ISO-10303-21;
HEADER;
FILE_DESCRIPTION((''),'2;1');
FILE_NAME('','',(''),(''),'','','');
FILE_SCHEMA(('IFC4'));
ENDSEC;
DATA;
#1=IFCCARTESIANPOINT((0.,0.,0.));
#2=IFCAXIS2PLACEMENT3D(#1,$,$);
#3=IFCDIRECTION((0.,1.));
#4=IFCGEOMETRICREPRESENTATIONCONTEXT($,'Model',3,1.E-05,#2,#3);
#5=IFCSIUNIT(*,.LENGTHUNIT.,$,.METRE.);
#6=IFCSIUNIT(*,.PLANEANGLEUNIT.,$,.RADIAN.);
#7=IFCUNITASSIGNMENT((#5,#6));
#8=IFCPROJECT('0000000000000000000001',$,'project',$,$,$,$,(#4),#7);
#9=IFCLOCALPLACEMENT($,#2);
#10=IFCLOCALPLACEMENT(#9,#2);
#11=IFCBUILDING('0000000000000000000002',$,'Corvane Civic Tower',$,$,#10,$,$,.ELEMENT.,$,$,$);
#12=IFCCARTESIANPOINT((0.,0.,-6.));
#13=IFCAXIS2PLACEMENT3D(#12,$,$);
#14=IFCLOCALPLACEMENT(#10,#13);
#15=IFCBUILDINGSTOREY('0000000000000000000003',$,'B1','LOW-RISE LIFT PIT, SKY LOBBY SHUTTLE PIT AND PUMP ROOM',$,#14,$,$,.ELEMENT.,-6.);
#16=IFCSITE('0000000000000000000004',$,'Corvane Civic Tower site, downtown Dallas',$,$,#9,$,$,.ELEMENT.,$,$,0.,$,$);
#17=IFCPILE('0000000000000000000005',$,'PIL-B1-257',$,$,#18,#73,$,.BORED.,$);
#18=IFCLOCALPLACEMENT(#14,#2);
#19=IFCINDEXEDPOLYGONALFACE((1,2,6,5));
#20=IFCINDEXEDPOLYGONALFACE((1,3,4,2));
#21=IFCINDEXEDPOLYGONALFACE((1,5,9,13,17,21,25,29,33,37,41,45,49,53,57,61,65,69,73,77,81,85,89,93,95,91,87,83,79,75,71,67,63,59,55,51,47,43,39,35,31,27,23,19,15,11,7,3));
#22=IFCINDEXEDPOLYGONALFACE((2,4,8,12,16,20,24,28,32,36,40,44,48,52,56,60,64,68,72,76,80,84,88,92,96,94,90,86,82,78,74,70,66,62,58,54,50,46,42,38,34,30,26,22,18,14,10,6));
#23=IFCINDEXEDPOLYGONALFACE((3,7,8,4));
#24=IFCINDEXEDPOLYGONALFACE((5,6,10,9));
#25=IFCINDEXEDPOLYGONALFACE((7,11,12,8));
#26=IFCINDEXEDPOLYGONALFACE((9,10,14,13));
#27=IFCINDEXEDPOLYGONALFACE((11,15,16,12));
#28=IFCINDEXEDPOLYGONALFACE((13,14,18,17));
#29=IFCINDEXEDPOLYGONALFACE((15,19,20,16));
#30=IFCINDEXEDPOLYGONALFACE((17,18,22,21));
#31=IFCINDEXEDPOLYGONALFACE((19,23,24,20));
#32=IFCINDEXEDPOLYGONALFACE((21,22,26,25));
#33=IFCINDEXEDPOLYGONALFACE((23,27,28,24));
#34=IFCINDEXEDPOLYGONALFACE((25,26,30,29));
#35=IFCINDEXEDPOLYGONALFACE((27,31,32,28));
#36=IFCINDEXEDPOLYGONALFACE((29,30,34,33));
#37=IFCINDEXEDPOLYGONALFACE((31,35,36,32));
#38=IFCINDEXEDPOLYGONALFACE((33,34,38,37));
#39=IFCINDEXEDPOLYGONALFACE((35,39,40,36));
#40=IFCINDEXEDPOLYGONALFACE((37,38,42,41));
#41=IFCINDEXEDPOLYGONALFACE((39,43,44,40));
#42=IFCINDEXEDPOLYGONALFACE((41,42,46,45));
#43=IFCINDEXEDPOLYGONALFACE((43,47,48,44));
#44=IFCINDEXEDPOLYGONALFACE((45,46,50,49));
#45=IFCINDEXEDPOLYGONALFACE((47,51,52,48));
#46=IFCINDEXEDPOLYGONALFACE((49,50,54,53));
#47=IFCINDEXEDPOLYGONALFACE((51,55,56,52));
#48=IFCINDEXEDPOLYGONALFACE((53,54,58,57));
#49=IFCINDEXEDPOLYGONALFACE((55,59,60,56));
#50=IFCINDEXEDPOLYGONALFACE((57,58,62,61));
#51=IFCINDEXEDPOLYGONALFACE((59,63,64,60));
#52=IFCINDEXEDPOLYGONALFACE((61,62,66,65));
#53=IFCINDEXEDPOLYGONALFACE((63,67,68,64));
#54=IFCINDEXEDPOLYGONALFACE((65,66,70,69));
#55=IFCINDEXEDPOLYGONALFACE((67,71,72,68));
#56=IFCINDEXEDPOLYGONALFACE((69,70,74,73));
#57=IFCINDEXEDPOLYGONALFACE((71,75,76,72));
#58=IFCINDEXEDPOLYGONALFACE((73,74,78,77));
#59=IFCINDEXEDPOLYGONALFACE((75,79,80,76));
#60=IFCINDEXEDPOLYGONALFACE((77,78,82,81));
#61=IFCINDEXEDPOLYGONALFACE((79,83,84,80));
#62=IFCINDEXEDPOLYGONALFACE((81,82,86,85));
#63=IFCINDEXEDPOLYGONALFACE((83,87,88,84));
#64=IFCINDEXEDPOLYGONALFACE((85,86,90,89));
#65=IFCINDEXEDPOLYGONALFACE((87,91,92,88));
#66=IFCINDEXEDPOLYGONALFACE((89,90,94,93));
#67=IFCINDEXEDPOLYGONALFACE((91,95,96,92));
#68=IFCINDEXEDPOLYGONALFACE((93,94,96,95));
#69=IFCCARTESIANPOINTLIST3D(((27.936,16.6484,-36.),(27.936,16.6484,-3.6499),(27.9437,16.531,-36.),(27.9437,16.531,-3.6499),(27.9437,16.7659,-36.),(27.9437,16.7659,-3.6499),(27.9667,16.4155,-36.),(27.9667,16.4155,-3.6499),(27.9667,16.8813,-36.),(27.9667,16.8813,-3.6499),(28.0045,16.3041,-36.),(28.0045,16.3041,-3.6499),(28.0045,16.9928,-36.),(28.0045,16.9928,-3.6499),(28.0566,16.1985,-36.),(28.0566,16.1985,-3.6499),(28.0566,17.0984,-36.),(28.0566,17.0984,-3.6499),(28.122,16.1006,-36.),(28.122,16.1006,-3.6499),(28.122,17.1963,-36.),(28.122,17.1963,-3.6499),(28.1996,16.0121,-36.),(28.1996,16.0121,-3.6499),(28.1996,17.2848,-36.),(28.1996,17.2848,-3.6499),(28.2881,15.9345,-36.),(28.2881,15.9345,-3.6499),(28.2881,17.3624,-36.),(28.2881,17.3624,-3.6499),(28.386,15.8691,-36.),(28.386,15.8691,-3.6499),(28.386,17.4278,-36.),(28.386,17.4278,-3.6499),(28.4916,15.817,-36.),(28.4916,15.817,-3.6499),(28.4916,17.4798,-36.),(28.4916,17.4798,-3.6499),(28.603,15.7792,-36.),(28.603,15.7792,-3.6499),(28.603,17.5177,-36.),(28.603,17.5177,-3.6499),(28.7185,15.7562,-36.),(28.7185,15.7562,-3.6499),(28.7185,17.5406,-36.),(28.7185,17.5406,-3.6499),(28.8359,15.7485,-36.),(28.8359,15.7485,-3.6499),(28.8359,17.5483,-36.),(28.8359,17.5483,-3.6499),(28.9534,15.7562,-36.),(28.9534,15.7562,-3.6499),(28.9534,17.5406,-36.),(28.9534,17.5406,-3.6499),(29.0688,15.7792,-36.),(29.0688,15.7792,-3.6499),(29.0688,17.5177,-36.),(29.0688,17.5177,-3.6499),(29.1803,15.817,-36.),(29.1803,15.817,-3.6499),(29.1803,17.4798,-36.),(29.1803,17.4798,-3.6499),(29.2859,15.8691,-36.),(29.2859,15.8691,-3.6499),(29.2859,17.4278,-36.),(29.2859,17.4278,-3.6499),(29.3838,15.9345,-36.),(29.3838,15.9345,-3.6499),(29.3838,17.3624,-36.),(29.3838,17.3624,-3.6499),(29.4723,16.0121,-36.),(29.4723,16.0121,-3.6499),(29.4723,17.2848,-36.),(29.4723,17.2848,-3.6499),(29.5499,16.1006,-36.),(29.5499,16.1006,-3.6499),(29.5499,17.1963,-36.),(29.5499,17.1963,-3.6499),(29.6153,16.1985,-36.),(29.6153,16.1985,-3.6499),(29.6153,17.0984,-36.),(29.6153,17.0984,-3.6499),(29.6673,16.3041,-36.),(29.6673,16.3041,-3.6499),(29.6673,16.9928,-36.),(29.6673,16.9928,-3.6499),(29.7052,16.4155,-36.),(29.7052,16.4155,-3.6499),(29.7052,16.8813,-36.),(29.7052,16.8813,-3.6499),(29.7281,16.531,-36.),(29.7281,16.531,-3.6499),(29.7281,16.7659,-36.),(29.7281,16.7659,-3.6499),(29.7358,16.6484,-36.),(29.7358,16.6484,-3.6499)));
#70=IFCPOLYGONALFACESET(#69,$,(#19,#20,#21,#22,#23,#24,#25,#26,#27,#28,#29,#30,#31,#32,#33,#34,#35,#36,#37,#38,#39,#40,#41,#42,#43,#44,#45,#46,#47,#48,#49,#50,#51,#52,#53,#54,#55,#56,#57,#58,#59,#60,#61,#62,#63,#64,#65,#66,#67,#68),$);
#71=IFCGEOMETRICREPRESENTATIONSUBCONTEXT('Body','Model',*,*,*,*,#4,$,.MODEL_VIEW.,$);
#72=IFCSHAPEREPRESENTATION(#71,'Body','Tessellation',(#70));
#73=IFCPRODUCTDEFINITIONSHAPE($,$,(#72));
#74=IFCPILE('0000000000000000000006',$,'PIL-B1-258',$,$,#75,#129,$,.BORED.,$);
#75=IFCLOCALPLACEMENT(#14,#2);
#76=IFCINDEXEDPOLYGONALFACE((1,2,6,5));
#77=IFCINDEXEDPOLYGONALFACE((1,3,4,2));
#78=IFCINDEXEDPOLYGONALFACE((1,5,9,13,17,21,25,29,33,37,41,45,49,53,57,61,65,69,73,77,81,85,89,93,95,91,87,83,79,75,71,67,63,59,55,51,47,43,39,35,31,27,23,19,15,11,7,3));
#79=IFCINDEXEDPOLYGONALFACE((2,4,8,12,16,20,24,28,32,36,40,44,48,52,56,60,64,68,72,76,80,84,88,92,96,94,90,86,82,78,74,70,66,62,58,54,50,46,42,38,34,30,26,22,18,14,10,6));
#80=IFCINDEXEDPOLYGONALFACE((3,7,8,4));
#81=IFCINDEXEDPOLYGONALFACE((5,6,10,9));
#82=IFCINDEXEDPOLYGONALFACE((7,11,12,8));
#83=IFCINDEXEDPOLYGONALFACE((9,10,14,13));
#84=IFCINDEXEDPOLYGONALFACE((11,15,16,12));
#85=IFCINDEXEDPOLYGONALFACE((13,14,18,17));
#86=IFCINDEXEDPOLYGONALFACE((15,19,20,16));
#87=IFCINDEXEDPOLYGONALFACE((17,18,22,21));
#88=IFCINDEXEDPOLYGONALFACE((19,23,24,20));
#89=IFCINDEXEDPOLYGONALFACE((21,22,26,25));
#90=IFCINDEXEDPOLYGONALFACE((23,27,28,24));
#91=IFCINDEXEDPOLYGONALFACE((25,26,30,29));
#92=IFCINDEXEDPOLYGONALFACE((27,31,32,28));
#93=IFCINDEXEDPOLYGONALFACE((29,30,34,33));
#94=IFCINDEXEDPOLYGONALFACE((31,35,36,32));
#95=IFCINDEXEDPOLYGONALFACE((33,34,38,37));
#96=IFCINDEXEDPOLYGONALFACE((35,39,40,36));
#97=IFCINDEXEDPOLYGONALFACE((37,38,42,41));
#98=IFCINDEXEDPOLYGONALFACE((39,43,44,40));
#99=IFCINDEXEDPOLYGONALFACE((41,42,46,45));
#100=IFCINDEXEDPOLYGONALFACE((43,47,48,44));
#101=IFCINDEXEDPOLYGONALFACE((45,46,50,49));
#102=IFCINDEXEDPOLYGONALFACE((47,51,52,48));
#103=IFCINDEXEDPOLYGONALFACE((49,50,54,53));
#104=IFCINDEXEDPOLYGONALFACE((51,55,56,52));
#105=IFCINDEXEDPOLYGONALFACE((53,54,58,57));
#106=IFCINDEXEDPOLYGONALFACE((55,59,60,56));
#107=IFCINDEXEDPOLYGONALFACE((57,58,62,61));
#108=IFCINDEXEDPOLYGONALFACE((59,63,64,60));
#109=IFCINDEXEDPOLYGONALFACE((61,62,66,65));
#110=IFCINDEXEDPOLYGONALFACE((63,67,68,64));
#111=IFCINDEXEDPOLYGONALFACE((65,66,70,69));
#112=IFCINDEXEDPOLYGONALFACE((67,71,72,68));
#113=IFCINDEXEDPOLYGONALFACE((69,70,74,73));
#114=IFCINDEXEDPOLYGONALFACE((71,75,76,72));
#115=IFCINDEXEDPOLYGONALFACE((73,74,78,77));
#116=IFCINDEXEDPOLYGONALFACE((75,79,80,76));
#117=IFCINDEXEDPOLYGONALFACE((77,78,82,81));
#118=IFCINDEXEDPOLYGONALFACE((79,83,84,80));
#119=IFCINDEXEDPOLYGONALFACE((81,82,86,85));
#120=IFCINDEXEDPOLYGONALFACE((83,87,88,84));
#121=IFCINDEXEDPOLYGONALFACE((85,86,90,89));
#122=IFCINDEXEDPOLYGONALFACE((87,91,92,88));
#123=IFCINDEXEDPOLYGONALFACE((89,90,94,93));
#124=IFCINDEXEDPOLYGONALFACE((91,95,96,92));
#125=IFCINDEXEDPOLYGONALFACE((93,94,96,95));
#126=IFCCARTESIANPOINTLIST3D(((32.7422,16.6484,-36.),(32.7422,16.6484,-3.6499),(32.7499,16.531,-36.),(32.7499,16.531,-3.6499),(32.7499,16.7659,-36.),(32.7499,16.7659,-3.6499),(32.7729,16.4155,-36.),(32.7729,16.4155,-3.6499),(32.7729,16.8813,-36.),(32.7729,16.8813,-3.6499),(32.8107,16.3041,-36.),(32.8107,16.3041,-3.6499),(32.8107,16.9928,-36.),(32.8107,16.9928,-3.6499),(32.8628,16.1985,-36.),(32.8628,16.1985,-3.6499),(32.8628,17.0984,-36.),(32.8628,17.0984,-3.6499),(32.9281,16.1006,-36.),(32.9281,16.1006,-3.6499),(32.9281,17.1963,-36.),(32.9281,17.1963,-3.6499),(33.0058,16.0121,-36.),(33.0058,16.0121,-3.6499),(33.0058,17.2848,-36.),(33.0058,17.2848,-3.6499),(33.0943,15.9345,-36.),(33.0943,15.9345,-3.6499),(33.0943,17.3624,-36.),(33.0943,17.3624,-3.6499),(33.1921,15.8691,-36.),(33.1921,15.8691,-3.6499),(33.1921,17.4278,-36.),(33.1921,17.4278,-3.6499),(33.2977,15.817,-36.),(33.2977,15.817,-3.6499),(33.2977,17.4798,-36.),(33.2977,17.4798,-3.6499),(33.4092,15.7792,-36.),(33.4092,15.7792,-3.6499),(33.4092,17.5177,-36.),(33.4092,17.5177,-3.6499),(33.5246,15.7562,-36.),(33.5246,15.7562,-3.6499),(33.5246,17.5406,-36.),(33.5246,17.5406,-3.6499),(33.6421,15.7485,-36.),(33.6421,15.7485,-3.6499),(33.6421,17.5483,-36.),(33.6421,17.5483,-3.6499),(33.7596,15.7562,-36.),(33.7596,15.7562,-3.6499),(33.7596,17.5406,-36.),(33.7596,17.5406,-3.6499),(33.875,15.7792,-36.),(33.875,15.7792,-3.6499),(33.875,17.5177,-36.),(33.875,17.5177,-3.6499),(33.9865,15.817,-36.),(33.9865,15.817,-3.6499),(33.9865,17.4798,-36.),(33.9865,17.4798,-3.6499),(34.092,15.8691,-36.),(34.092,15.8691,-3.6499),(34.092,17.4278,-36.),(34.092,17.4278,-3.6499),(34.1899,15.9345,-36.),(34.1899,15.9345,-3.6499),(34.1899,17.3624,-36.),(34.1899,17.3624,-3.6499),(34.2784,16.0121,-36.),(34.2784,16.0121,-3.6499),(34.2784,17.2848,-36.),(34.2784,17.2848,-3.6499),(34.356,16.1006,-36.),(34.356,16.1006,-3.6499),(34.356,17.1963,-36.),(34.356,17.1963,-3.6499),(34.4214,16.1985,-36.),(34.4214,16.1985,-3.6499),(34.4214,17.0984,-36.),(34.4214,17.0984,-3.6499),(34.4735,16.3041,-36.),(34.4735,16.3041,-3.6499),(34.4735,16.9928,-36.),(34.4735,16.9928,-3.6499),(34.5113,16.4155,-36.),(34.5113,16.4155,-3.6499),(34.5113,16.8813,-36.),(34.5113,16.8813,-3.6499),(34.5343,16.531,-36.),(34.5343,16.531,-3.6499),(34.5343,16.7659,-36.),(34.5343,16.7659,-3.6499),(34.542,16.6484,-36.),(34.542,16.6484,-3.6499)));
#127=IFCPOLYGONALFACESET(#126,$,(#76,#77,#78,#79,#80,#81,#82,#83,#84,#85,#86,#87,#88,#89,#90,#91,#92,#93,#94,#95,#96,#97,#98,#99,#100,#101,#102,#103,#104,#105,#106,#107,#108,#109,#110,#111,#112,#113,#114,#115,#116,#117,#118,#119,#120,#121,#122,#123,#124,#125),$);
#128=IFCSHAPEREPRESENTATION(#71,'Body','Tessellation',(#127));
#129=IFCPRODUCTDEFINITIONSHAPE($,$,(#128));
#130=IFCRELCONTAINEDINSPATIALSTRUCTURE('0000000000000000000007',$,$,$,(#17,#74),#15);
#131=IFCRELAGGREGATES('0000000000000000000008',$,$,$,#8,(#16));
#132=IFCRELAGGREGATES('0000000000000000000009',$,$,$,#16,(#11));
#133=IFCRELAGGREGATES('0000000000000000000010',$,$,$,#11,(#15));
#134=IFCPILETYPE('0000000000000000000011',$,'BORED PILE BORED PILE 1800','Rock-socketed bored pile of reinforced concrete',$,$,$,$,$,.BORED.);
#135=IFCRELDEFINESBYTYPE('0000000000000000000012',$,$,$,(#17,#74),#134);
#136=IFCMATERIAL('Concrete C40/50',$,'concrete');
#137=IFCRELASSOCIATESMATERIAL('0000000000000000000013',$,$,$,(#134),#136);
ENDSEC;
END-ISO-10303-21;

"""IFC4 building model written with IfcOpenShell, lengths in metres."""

from ifc_helpers import new_model, si_unit, direction, frame, origin, origin_2d, place, context, subcontext, project, spatial, circle, extrude, material, material_profile, profile_set, type_object, element, save


model = new_model("IFC4")

# Units and contexts
model_context = context("Model", 3, precision=1e-05, world=origin(), true_north=direction((0.0, 1.0)))
body_context = subcontext(model_context, "Body", "Model", "MODEL_VIEW")
ifc_project = project(units=[si_unit("LENGTHUNIT", "METRE"), si_unit("PLANEANGLEUNIT", "RADIAN")], contexts=[model_context])

# Site, building, storey
site_placement = place(None, origin())
site = spatial("IfcSite", under=ifc_project, at=site_placement, Name="Corvane Civic Tower site, downtown Dallas", CompositionType="ELEMENT", RefElevation=0.0)
building_placement = place(site_placement, origin())
building = spatial("IfcBuilding", under=site, at=building_placement, Name="Corvane Civic Tower", CompositionType="ELEMENT")
storey_placement = place(building_placement, frame((0.0, 0.0, -6.0)))
storey = spatial("IfcBuildingStorey", under=building, at=storey_placement, Name="B1", Description="LOW-RISE LIFT PIT, SKY LOBBY SHUTTLE PIT AND PUMP ROOM", CompositionType="ELEMENT", Elevation=-6.0)

# Piles
ifc_material_1 = material(Name="Concrete C40/50", Category="concrete")
ifc_material_profile_1 = material_profile(ifc_material_1, circle(Radius=0.8999, at=origin_2d()), Name="BORED PILE 1800")
ifc_profile_set_1 = profile_set([ifc_material_profile_1], Name="Concrete C40/50")
pile_type = type_object("IfcPileType", Name="BORED PILE BORED PILE 1800", Description="Rock-socketed bored pile of reinforced concrete", PredefinedType="BORED", material=ifc_profile_set_1)
for number, where, z_axis, x_axis, name in (
    (1, (28.8359, 16.6484, -3.6499), (0.0, 0.0, -1.0), (1.0, 0.0, 0.0), "PIL-B1-257"),
    (2, (33.6421, 16.6484, -3.6499), (0.0, 0.0, -1.0), (1.0, 0.0, 0.0), "PIL-B1-258"),
):
    element("IfcPile", number, at=place(storey_placement, frame(where, z_axis=z_axis, x_axis=x_axis)), inside=storey, type_object=pile_type, Name=name, PredefinedType="BORED", context=body_context, shape_type="SweptSolid", body=[
        extrude(circle(Radius=0.8999, at=origin_2d()), origin(), (0.0, 0.0, 1.0), 32.3501),
    ])

save(model, "model.ifc")
